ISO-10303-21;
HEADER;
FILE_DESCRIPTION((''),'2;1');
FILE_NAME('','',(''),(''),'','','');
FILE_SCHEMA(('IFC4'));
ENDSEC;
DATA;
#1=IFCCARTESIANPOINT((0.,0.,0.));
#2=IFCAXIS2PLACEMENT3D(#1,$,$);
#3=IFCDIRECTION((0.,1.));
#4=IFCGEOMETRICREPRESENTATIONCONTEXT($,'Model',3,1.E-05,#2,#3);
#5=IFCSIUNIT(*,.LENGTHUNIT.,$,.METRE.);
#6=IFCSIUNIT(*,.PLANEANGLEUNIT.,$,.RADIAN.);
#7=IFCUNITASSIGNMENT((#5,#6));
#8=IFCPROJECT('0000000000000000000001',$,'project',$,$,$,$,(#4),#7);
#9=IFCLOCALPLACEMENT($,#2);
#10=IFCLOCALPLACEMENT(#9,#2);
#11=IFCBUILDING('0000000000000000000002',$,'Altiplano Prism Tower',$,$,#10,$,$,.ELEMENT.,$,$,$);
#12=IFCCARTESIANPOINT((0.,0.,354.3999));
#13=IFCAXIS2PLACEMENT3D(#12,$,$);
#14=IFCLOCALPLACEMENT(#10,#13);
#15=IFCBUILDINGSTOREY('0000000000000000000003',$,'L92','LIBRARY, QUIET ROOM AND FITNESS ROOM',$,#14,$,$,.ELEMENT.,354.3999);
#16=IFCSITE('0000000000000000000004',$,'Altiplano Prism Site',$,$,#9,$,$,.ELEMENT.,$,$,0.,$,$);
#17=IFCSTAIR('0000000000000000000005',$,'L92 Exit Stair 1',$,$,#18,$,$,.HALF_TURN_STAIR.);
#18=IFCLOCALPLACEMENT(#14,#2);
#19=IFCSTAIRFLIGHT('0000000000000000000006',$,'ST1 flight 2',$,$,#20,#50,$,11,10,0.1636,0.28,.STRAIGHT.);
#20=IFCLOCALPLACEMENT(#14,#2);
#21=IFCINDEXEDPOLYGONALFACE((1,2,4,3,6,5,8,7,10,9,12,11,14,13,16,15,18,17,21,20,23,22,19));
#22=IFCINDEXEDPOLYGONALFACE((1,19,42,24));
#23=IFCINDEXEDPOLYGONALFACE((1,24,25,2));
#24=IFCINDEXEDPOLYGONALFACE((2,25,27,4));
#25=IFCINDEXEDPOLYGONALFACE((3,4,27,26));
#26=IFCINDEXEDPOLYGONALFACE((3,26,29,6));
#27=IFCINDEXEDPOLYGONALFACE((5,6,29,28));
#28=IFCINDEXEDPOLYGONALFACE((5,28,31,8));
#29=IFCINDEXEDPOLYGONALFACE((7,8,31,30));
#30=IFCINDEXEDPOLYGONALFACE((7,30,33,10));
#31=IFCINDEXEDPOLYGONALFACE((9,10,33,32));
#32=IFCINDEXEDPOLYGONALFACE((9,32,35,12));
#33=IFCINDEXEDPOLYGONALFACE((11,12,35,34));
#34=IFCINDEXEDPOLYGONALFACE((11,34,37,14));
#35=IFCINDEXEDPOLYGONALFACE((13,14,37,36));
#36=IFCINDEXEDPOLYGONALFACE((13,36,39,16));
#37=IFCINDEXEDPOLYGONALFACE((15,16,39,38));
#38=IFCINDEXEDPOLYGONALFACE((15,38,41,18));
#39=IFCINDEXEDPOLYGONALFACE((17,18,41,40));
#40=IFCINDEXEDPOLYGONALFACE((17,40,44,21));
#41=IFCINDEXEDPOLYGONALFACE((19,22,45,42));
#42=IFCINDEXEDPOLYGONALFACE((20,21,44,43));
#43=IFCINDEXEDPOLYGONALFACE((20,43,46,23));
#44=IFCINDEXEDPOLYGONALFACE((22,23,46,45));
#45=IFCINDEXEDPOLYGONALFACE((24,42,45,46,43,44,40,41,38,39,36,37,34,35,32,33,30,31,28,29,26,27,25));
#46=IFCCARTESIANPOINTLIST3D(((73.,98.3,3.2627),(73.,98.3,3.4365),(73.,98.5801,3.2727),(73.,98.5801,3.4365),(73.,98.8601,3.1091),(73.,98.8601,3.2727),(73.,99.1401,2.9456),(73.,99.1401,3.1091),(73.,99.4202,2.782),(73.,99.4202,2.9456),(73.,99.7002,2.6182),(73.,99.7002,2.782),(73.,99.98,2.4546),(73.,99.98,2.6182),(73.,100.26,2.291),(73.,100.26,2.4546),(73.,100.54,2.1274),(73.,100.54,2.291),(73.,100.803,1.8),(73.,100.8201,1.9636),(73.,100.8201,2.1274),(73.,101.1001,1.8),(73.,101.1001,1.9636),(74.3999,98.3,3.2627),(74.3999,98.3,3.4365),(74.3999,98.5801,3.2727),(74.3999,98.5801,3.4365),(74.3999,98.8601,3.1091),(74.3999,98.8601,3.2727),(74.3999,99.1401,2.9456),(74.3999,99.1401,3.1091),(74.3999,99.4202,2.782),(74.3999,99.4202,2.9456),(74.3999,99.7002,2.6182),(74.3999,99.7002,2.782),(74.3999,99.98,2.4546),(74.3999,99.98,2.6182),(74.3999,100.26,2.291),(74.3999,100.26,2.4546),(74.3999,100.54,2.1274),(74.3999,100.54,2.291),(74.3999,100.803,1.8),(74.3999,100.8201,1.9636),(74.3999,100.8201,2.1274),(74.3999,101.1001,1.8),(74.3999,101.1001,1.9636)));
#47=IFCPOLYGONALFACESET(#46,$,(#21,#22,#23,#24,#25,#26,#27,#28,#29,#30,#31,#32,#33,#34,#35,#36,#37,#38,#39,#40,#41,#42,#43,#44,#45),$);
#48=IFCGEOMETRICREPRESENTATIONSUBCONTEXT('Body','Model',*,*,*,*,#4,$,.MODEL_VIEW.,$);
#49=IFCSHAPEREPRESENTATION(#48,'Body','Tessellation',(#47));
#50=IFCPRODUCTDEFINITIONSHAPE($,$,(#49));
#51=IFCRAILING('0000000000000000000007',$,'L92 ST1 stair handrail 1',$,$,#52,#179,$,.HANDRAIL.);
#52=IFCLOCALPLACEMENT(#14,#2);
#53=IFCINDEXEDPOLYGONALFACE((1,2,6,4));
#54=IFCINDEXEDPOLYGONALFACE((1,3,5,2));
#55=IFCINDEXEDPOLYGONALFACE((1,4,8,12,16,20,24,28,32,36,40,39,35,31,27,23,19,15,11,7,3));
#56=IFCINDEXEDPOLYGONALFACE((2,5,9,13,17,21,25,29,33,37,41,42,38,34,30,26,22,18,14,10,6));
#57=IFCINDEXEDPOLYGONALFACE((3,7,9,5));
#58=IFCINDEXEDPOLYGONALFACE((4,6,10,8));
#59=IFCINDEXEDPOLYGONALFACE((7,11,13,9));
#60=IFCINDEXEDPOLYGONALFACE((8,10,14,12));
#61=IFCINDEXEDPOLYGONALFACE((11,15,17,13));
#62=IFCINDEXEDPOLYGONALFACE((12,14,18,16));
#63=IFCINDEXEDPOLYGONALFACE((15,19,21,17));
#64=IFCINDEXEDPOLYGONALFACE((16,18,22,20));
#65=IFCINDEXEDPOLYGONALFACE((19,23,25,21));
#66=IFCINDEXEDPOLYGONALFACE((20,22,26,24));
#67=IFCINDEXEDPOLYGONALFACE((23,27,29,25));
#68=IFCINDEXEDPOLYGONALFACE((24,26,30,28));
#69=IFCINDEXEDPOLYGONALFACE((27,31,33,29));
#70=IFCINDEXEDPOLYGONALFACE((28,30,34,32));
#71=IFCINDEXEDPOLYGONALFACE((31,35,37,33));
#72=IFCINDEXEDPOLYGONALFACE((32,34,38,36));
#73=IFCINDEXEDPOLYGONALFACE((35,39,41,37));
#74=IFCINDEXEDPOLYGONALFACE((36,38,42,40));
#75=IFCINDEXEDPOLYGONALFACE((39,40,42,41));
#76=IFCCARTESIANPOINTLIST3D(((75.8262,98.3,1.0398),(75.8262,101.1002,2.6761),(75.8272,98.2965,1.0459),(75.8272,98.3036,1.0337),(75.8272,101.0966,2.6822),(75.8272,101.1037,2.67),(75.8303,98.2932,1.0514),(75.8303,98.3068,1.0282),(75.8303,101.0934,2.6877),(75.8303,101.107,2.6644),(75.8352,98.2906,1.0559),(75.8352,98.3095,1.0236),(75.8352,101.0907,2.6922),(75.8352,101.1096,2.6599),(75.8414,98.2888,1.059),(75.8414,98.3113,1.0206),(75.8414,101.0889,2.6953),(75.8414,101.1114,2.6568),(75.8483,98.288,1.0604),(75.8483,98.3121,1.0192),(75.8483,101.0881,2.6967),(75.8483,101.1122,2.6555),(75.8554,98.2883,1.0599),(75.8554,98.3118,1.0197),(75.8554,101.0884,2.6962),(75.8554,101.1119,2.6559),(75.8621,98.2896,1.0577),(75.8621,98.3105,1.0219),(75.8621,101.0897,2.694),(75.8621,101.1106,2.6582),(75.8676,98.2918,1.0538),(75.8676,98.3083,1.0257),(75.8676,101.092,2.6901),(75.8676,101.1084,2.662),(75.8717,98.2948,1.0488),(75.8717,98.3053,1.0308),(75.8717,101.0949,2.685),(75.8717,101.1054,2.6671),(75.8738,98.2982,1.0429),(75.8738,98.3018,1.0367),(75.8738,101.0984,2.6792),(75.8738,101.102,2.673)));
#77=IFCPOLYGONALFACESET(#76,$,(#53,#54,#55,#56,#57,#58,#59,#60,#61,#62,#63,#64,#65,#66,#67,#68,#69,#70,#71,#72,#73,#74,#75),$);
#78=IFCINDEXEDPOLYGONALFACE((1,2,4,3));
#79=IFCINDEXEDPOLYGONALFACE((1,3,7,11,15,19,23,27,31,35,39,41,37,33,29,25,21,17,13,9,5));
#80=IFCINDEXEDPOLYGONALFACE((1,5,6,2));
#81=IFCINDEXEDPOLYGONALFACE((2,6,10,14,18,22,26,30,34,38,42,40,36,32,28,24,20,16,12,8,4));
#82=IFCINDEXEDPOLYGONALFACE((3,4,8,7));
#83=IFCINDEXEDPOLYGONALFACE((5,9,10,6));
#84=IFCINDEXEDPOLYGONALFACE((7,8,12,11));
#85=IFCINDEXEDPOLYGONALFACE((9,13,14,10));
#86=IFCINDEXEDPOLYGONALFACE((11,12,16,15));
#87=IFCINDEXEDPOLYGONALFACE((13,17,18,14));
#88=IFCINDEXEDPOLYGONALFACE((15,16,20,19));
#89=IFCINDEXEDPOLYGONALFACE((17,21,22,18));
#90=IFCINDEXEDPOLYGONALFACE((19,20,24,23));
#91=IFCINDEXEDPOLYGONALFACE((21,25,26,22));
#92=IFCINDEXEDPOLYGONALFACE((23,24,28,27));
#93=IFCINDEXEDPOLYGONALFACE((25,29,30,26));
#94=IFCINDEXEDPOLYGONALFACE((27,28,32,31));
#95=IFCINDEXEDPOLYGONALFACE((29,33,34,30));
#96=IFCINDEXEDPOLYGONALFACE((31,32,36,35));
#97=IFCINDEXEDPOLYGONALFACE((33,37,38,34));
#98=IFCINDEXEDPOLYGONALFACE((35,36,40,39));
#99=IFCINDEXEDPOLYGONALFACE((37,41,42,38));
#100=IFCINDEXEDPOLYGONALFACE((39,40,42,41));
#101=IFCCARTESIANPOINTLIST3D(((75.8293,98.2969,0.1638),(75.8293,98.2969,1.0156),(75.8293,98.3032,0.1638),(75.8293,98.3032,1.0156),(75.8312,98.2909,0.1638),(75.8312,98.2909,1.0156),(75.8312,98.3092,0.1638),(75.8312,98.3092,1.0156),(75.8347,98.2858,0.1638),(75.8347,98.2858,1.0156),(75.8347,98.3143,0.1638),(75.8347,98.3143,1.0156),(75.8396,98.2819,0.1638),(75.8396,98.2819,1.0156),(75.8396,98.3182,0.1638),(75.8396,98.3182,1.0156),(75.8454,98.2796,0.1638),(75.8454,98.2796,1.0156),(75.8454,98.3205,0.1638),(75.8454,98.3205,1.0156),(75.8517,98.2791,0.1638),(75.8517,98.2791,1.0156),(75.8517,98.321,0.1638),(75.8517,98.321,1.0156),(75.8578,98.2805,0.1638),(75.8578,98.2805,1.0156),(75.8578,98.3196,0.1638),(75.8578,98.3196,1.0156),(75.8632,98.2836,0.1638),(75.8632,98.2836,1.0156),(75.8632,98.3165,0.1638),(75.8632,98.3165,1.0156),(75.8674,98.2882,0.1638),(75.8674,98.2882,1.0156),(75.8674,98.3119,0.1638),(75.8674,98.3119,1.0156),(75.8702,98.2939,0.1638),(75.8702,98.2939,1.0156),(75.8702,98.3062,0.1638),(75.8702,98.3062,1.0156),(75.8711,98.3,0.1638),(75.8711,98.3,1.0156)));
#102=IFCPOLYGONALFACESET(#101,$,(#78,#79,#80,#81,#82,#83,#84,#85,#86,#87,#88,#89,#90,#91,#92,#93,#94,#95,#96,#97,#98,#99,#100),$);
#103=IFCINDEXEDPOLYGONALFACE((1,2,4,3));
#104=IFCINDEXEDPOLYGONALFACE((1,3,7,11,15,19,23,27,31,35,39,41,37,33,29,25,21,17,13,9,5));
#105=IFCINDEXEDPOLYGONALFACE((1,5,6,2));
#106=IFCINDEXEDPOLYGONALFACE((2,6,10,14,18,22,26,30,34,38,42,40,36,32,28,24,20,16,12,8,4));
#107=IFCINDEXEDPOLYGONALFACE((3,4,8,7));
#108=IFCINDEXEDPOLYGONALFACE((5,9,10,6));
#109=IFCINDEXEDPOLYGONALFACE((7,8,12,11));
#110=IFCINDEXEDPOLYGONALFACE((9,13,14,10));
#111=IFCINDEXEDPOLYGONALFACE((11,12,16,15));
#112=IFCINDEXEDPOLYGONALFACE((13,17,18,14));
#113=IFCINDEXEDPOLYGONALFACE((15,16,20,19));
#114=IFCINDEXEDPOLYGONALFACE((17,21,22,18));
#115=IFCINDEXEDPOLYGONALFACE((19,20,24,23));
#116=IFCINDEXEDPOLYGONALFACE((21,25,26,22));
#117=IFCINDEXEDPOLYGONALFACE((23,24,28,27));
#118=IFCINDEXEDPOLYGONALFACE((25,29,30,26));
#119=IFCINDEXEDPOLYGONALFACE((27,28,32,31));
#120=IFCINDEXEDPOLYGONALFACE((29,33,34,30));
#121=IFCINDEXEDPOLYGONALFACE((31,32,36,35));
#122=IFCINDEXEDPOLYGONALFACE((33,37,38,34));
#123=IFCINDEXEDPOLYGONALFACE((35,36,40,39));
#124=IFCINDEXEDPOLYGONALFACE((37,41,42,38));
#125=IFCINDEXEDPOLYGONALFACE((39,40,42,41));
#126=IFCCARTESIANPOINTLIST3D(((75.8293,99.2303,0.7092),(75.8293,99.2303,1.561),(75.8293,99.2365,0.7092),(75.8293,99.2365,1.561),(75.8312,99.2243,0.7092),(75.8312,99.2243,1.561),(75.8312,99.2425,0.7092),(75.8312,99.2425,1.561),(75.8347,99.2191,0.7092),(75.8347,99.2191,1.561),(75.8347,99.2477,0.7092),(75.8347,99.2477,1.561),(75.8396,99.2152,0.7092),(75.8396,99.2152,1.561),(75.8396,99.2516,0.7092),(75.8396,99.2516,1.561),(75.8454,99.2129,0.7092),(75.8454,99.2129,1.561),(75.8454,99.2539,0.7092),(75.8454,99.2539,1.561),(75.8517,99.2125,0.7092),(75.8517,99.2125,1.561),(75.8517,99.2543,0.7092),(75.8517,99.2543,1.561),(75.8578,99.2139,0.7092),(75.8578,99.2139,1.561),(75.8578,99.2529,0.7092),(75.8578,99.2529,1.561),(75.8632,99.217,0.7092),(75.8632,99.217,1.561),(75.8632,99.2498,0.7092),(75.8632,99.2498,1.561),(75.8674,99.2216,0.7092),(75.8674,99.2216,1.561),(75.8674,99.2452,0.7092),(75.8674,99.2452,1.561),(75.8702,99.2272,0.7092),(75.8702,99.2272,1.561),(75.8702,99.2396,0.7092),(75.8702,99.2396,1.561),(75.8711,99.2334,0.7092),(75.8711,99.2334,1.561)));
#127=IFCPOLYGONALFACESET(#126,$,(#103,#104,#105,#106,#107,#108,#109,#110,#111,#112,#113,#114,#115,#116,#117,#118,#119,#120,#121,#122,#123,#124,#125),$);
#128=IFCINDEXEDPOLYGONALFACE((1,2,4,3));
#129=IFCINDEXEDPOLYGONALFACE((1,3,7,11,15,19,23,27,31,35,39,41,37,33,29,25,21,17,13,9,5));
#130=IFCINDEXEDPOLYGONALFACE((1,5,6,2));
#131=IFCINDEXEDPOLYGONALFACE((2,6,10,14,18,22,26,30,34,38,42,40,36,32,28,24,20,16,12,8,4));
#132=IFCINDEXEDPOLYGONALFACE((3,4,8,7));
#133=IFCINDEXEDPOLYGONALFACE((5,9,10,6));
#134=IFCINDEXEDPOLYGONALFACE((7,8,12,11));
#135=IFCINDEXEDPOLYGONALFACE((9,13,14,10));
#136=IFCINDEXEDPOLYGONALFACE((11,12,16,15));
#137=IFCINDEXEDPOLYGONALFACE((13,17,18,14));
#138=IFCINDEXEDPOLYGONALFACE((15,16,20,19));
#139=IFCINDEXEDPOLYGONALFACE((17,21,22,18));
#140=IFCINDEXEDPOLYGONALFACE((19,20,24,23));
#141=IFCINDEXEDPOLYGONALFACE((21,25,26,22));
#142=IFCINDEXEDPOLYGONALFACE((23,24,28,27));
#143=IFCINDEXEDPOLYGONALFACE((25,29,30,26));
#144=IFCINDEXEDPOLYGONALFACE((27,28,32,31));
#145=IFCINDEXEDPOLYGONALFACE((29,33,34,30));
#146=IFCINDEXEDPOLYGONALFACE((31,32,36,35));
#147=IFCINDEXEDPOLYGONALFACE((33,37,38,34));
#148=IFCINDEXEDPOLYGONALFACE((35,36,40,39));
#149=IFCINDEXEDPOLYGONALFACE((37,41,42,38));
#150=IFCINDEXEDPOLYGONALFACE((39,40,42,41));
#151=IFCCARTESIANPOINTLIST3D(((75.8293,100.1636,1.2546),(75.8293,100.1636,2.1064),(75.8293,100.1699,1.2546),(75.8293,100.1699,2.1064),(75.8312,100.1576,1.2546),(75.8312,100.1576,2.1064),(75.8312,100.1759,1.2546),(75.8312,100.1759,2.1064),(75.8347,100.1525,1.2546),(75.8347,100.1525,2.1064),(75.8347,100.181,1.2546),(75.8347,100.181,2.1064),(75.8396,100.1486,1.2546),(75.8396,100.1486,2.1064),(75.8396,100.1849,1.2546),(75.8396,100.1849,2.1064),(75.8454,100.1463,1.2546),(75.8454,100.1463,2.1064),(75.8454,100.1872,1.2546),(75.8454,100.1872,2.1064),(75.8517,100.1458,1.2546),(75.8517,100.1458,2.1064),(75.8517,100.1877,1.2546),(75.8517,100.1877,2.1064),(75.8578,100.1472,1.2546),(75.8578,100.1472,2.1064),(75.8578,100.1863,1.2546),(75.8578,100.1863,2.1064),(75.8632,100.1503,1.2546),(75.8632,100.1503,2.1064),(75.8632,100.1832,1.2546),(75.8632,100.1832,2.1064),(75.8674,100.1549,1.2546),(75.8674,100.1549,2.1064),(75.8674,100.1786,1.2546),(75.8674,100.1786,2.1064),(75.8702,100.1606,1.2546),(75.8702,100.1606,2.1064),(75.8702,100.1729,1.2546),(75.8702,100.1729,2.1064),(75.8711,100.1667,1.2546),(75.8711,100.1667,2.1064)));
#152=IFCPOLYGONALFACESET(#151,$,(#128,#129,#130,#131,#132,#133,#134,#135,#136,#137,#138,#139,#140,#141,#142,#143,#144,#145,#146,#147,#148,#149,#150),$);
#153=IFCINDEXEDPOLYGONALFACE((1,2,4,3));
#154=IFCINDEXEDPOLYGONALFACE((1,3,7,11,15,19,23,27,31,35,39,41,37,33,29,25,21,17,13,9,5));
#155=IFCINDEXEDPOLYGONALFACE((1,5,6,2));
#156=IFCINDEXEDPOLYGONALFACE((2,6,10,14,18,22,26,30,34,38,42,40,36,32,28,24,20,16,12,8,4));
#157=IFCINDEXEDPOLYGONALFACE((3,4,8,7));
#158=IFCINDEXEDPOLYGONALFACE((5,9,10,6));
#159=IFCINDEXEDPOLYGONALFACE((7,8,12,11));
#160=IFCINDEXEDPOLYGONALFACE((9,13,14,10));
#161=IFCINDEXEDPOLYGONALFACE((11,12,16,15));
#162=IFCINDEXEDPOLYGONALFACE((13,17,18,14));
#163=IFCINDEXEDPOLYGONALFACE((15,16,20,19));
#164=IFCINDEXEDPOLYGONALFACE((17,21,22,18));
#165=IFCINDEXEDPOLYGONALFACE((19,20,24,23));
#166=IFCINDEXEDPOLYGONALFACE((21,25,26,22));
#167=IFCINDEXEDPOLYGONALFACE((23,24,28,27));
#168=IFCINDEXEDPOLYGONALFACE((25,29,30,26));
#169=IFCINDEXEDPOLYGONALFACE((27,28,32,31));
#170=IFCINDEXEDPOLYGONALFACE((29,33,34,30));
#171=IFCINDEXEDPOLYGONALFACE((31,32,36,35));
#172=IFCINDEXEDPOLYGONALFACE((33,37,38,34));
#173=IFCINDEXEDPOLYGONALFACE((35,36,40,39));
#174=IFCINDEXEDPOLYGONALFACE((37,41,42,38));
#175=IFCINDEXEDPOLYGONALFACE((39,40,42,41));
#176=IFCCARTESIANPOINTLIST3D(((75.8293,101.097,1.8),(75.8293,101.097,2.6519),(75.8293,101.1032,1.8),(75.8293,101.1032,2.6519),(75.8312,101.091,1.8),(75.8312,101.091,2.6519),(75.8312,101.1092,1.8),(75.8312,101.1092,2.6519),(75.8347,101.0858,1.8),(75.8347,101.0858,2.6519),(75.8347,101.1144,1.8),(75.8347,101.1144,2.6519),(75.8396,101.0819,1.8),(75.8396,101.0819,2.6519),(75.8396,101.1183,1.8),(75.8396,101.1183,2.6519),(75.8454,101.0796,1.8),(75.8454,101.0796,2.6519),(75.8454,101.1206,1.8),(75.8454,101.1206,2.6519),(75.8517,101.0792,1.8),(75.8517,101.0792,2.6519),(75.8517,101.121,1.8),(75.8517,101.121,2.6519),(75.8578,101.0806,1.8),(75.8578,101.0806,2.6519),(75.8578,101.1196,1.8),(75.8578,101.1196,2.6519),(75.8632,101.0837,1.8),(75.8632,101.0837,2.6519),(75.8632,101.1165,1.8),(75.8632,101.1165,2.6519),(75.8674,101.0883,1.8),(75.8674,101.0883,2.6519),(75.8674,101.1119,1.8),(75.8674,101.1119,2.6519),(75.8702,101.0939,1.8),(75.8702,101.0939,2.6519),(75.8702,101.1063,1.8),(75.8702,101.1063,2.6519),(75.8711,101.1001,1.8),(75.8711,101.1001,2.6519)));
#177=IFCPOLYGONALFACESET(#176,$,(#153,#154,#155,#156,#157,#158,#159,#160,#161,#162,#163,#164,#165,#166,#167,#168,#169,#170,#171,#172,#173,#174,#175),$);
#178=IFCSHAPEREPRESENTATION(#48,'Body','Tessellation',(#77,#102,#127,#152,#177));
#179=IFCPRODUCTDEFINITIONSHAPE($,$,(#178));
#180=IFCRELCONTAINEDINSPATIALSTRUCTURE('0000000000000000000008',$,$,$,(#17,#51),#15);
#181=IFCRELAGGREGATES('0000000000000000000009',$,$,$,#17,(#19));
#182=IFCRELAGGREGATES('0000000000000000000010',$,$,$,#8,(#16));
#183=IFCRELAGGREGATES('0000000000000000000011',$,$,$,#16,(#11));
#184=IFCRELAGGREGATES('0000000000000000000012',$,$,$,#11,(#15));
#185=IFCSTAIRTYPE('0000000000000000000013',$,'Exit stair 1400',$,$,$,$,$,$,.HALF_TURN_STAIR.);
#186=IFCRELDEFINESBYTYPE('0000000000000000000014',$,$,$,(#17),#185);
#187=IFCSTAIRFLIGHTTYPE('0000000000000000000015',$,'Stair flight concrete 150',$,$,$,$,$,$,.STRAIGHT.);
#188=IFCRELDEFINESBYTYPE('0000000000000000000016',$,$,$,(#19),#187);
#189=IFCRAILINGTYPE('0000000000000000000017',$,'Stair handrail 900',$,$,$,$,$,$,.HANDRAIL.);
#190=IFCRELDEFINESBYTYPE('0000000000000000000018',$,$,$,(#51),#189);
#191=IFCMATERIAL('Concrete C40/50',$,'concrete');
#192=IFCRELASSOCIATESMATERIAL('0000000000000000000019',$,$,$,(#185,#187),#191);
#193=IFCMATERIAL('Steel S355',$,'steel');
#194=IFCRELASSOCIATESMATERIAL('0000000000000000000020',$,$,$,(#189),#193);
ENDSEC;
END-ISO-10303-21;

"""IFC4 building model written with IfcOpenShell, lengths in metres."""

from ifc_helpers import new_model, si_unit, direction, frame, origin, origin_2d, place, context, subcontext, project, spatial, polyline, circle, outline, extrude, material, type_object, element, aggregate, save


model = new_model("IFC4")

# Units and contexts
model_context = context("Model", 3, precision=1e-05, world=origin(), true_north=direction((0.0, 1.0)))
body_context = subcontext(model_context, "Body", "Model", "MODEL_VIEW")
ifc_project = project(units=[si_unit("LENGTHUNIT", "METRE"), si_unit("PLANEANGLEUNIT", "RADIAN")], contexts=[model_context])

# Site, building, storey
site_placement = place(None, origin())
site = spatial("IfcSite", under=ifc_project, at=site_placement, Name="Altiplano Prism Site", CompositionType="ELEMENT", RefElevation=0.0)
building_placement = place(site_placement, origin())
building = spatial("IfcBuilding", under=site, at=building_placement, Name="Altiplano Prism Tower", CompositionType="ELEMENT")
storey_placement = place(building_placement, frame((0.0, 0.0, 354.3999)))
storey = spatial("IfcBuildingStorey", under=building, at=storey_placement, Name="L92", Description="LIBRARY, QUIET ROOM AND FITNESS ROOM", CompositionType="ELEMENT", Elevation=354.3999)

# Stair, stair flight
ifc_material_1 = material(Name="Concrete C40/50", Category="concrete")
stair_type = type_object("IfcStairType", Name="Exit stair 1400", PredefinedType="HALF_TURN_STAIR", material=ifc_material_1)
stair_placement = place(storey_placement, origin())
stair = element("IfcStair", 1, at=stair_placement, inside=storey, type_object=stair_type, Name="L92 Exit Stair 1", PredefinedType="HALF_TURN_STAIR")
stair_flight_type = type_object("IfcStairFlightType", Name="Stair flight concrete 150", PredefinedType="STRAIGHT", material=ifc_material_1)
stair_flight_1_placement = place(storey_placement, frame((73.7, 101.1001, 1.8), z_axis=(0.0, 0.0, 1.0), x_axis=(0.0, -1.0, 0.0)))
stair_flight_1 = element("IfcStairFlight", 2, at=stair_flight_1_placement, type_object=stair_flight_type, Name="ST1 flight 2", NumberOfRisers=11, NumberOfTreads=10, PredefinedType="STRAIGHT", RiserHeight=0.1636, TreadLength=0.28, context=body_context, shape_type="SweptSolid", body=[
    extrude(outline(polyline([(0.0, 0.0), (0.0, 0.1636), (0.28, 0.1636), (0.28, 0.3274), (0.5601, 0.3274), (0.5601, 0.491), (0.8401, 0.491), (0.8401, 0.6545), (1.1201, 0.6545), (1.1201, 0.8181), (1.3999, 0.8181), (1.3999, 0.9819), (1.6799, 0.9819), (1.6799, 1.1455), (1.96, 1.1455), (1.96, 1.3091), (2.24, 1.3091), (2.24, 1.4727), (2.52, 1.4727), (2.52, 1.6365), (2.8, 1.6365), (2.8, 1.8), (2.8, 1.4626), (0.2971, 0.0), (0.0, 0.0)])), frame((0.0, 0.7, 0.0), z_axis=(0.0, -1.0, 0.0), x_axis=(1.0, 0.0, 0.0)), (0.0, 0.0, 1.0), 1.3999),
])
aggregate(stair, [stair_flight_1])

# Railing
ifc_material_2 = material(Name="Steel S355", Category="steel")
railing_type_1 = type_object("IfcRailingType", Name="Stair handrail 900", PredefinedType="HANDRAIL", material=ifc_material_2)
railing_1_placement = place(storey_placement, frame((75.8501, 98.3, 0.1638)))
element("IfcRailing", 3, at=railing_1_placement, inside=storey, type_object=railing_type_1, Name="L92 ST1 stair handrail 1", PredefinedType="HANDRAIL", context=body_context, shape_type="SweptSolid", body=[
    extrude(circle(Radius=0.0239, at=origin_2d()), frame((0.0, 0.0, 0.876), z_axis=(0.0, 0.863394, 0.504531), x_axis=(-1.0, 0.0, 0.0)), (0.0, 0.0, 1.0), 3.2432),
    extrude(circle(Radius=0.021, at=origin_2d()), origin(), (0.0, 0.0, 1.0), 0.8518),
    extrude(circle(Radius=0.021, at=origin_2d()), frame((0.0, 0.9333, 0.5454)), (0.0, 0.0, 1.0), 0.8518),
    extrude(circle(Radius=0.021, at=origin_2d()), frame((0.0, 1.8667, 1.0908)), (0.0, 0.0, 1.0), 0.8518),
    extrude(circle(Radius=0.021, at=origin_2d()), frame((0.0, 2.8, 1.6362)), (0.0, 0.0, 1.0), 0.8518),
])

save(model, "model.ifc")
